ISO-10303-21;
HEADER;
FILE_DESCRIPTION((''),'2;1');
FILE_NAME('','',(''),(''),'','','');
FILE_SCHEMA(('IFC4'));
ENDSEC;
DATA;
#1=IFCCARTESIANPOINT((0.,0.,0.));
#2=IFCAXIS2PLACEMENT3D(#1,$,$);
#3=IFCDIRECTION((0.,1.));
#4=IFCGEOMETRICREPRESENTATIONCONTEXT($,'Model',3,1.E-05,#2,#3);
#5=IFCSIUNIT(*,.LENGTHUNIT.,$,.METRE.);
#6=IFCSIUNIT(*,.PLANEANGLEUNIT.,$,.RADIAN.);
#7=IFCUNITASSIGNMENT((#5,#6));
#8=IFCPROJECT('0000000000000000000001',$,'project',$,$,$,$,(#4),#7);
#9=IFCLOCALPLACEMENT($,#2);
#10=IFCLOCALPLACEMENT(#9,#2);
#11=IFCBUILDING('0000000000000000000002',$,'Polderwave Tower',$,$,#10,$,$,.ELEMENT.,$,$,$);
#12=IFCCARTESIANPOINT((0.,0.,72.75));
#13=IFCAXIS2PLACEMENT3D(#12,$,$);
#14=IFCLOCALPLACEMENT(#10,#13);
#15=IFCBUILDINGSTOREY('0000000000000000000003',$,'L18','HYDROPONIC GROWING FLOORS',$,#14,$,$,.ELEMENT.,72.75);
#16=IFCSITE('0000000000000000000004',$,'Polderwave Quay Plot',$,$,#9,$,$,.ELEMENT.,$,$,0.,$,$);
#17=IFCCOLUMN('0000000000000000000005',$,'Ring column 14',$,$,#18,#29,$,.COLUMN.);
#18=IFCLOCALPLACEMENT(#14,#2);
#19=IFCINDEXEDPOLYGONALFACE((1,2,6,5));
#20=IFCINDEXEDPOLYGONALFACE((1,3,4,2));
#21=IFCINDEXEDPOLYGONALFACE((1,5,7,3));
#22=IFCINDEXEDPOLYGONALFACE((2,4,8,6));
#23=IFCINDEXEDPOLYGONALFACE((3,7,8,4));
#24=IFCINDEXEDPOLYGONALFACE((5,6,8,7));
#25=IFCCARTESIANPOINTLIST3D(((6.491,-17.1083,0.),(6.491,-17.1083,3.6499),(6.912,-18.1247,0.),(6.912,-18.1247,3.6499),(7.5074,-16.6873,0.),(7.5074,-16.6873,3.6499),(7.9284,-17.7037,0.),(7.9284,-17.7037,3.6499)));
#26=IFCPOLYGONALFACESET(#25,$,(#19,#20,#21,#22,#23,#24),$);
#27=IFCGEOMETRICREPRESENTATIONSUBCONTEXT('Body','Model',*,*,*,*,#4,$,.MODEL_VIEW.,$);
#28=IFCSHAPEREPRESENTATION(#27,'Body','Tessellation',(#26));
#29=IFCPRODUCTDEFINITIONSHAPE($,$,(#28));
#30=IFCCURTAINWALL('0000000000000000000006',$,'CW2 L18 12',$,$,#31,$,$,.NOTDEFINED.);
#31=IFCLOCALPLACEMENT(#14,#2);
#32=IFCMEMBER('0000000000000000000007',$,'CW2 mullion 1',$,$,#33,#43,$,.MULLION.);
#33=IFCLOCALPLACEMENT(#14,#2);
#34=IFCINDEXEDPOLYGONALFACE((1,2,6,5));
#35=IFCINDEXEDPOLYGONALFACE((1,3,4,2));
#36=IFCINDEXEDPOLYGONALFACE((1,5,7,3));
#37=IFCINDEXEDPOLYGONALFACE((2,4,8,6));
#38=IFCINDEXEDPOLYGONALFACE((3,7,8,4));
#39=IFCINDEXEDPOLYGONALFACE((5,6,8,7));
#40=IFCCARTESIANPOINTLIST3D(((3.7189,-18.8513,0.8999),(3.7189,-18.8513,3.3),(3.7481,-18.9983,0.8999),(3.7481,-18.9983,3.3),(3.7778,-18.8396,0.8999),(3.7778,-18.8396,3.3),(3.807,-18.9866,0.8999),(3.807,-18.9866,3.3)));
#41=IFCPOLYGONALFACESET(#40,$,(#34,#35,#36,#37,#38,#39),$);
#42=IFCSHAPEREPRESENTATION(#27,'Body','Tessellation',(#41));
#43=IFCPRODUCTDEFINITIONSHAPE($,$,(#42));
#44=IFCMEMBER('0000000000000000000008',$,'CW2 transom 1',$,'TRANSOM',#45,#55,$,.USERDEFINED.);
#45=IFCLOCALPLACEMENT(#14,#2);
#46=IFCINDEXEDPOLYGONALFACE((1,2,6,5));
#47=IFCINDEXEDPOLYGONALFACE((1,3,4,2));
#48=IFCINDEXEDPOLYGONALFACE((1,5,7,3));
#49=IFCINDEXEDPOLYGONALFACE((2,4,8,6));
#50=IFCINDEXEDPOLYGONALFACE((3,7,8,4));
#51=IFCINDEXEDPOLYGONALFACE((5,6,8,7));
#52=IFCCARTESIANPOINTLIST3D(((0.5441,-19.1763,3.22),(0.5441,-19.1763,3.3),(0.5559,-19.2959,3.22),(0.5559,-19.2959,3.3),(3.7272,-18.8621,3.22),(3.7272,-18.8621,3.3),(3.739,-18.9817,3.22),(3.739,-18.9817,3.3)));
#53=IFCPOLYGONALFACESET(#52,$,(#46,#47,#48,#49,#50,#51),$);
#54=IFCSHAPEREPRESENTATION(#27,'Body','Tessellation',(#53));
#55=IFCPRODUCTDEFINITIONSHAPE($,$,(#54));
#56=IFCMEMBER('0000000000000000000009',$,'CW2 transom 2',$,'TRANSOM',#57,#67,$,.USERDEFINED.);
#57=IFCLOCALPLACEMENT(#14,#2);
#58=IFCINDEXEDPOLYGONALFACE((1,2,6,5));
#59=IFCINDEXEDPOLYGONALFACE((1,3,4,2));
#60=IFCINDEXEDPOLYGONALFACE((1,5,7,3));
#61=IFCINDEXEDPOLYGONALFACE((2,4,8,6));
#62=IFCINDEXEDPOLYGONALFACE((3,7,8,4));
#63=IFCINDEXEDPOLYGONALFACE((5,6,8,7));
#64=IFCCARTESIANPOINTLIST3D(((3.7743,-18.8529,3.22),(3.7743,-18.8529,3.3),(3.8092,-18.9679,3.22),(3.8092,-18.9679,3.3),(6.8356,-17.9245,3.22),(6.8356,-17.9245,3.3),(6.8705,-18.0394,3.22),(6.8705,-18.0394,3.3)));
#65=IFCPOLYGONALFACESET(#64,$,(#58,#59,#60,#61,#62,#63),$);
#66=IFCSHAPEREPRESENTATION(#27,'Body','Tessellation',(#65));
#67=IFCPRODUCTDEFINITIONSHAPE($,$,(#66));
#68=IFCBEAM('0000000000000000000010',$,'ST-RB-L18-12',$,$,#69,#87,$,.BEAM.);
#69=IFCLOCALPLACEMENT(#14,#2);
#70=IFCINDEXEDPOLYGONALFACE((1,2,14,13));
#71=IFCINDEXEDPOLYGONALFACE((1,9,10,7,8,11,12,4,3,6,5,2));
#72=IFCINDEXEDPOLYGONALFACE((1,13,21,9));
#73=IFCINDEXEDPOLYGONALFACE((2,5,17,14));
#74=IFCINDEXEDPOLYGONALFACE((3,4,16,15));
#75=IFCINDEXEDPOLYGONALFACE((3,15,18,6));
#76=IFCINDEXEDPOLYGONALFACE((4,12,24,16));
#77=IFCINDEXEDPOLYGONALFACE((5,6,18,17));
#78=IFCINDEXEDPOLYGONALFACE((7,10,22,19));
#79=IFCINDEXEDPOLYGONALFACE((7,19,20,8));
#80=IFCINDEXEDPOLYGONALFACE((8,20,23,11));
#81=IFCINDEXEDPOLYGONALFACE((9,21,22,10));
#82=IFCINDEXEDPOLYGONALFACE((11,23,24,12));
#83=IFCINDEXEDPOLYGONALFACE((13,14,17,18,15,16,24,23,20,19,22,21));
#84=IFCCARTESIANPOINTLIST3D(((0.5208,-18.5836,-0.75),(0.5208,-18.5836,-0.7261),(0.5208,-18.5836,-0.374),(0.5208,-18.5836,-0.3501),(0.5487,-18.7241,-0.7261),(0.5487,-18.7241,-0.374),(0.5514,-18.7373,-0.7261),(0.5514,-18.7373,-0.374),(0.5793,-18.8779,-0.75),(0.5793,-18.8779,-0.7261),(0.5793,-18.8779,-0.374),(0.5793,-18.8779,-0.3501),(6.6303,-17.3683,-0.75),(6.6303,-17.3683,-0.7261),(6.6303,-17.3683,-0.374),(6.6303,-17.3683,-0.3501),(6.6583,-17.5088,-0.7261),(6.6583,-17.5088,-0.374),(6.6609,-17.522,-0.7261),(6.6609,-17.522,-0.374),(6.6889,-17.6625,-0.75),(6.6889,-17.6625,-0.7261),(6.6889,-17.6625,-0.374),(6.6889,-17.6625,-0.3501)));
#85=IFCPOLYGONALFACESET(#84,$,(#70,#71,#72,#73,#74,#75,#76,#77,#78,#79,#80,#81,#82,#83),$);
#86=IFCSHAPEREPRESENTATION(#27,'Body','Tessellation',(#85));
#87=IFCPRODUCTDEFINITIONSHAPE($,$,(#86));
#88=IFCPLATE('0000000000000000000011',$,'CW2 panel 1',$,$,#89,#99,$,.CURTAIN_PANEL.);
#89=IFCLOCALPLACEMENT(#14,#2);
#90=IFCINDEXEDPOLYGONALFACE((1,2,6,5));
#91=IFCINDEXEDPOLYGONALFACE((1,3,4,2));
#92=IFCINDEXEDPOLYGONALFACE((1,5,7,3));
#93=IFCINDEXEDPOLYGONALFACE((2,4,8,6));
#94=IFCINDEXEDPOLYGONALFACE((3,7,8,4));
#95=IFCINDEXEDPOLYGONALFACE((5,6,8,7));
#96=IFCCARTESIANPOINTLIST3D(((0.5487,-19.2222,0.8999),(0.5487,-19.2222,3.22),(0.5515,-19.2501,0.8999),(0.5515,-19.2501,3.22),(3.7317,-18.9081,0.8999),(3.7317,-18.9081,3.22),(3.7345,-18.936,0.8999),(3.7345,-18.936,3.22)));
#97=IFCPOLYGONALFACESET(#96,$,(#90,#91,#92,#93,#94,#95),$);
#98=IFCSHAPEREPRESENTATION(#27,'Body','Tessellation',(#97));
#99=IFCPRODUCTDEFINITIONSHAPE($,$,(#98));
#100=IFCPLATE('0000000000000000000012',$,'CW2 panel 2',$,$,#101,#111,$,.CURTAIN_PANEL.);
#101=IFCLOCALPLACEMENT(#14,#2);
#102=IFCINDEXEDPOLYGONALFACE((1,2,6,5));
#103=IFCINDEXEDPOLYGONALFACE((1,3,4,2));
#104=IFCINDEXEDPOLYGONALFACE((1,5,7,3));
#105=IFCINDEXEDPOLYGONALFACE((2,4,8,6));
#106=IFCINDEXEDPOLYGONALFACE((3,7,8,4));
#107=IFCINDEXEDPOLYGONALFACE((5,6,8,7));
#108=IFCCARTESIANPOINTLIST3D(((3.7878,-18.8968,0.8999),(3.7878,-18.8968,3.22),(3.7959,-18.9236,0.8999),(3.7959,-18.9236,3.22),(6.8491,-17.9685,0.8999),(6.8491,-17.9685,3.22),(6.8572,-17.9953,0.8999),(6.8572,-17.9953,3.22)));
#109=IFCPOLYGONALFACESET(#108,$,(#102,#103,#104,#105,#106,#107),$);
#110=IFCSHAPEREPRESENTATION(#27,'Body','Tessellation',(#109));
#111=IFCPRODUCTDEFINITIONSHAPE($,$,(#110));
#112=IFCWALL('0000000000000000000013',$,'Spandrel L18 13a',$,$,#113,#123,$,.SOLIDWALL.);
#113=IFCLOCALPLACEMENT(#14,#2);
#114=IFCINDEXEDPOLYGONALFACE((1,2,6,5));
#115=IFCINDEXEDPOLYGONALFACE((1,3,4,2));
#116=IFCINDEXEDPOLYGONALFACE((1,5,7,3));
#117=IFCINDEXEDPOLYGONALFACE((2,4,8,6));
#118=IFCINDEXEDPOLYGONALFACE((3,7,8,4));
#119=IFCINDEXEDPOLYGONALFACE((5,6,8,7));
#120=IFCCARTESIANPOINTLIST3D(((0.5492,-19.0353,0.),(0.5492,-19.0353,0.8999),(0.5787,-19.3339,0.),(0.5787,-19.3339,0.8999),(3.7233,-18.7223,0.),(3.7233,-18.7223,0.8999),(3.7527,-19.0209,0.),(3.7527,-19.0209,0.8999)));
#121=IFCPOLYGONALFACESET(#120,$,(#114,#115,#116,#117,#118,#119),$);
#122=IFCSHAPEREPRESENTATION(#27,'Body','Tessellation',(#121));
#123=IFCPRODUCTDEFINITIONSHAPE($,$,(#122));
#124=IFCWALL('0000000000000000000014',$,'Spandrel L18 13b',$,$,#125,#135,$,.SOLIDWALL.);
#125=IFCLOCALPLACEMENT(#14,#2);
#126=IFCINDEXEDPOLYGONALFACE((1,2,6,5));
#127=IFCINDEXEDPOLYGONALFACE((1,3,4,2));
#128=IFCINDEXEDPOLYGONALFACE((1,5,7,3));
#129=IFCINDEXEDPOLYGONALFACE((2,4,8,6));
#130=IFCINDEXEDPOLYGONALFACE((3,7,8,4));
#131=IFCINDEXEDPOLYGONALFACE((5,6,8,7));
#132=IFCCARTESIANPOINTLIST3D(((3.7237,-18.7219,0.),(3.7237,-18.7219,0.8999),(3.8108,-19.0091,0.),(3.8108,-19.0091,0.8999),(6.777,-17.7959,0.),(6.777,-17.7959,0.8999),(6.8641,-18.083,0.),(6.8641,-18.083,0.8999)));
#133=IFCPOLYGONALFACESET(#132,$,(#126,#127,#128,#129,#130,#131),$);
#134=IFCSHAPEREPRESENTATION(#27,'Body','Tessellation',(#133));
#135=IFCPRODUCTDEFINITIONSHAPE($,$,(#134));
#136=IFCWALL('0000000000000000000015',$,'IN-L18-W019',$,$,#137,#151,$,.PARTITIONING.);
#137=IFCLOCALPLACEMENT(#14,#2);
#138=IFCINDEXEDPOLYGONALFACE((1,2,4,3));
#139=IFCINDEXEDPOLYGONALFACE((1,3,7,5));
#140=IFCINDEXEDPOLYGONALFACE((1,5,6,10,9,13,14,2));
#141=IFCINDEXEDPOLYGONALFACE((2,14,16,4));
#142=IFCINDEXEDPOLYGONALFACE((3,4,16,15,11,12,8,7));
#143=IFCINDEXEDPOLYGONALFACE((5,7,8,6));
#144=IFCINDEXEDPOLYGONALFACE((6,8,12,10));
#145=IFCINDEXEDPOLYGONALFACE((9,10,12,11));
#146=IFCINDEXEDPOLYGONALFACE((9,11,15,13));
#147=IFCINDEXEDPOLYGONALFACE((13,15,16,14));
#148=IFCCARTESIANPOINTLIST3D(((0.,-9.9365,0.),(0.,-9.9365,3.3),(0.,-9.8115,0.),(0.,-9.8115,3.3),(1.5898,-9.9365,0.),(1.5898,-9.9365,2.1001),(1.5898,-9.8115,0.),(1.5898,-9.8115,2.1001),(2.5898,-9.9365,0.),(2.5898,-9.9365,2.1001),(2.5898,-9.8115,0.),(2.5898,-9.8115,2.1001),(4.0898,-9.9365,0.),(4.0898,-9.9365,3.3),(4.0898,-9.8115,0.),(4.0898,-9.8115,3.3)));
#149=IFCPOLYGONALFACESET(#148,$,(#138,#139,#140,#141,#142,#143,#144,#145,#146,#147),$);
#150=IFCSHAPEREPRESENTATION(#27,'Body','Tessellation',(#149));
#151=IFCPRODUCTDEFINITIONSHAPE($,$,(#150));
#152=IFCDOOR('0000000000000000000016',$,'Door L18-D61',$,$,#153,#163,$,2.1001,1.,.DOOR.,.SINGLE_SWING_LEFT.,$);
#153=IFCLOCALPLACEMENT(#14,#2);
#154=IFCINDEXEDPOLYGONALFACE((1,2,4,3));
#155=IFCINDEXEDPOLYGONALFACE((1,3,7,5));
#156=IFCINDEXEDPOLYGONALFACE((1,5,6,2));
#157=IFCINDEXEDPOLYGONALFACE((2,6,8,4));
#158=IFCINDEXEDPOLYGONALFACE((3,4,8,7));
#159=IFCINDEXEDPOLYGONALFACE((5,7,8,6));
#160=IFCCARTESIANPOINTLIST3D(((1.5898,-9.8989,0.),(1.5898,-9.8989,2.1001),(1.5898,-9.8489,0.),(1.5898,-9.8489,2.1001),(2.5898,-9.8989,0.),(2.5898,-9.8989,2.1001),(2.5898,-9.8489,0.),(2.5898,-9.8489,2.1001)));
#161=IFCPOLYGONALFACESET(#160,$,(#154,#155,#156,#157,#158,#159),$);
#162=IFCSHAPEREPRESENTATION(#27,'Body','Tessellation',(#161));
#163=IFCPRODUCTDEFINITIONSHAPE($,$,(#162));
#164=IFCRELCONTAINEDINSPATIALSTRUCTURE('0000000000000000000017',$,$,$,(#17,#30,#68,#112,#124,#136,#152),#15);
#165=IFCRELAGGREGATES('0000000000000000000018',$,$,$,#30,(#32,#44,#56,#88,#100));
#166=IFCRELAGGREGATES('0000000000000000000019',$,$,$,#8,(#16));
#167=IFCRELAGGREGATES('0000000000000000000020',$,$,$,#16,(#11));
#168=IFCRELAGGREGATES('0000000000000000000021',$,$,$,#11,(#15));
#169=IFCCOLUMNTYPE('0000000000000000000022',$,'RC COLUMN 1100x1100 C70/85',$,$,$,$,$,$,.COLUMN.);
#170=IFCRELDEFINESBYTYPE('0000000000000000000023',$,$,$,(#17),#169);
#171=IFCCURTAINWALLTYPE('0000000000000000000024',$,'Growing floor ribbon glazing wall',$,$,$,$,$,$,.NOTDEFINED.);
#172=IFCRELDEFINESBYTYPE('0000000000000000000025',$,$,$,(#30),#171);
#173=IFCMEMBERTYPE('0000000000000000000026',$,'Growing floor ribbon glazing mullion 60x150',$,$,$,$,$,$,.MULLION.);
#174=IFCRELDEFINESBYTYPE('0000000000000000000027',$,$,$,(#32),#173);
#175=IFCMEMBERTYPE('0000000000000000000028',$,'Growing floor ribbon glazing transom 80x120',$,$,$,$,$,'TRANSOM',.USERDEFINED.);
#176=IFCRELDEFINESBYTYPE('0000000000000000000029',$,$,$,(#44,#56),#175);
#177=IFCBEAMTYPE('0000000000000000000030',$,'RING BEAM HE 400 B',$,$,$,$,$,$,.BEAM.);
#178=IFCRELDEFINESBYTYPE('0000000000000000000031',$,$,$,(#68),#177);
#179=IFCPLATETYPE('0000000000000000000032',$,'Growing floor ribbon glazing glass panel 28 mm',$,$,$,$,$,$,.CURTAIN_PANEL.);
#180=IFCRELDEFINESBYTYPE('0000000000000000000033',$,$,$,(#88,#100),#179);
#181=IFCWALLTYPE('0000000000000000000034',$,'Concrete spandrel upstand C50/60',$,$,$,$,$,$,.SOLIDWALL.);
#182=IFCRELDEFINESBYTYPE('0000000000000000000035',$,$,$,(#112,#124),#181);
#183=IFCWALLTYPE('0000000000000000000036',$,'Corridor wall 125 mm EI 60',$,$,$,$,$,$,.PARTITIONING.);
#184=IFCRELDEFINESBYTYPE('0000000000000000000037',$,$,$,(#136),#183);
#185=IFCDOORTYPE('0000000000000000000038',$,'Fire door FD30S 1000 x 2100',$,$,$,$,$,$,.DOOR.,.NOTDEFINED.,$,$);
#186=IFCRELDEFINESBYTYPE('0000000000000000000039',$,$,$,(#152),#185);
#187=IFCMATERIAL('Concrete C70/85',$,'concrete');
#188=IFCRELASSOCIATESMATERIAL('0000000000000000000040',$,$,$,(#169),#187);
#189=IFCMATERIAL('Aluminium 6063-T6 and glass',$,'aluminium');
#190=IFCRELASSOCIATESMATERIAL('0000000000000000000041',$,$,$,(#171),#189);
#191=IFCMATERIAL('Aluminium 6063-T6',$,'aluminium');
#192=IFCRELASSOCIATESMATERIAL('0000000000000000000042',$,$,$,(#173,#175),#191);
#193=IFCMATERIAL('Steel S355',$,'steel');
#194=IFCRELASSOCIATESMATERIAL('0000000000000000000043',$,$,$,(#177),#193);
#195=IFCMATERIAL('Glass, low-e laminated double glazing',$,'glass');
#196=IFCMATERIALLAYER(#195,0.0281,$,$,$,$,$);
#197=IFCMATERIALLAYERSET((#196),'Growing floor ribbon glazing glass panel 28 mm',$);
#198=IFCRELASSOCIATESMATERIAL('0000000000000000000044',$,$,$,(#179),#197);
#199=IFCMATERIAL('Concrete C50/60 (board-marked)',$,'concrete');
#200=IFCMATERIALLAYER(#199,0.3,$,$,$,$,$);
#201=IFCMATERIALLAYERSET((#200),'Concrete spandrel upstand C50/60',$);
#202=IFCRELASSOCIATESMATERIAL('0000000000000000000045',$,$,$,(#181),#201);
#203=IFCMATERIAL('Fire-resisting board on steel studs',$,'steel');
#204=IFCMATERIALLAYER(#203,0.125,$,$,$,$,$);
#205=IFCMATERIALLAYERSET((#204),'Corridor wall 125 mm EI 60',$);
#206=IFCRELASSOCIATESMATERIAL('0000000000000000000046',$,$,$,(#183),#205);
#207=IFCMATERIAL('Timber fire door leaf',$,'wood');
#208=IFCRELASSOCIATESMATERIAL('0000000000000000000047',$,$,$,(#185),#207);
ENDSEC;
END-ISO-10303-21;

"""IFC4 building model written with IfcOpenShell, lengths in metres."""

from ifc_helpers import new_model, si_unit, direction, frame, frame_2d, origin, origin_2d, place, context, subcontext, project, spatial, rectangle, i_section, extrude, material, layer, layer_set, material_profile, profile_set, type_object, element, fill, aggregate, save


model = new_model("IFC4")

# Units and contexts
model_context = context("Model", 3, precision=1e-05, world=origin(), true_north=direction((0.0, 1.0)))
body_context = subcontext(model_context, "Body", "Model", "MODEL_VIEW")
ifc_project = project(units=[si_unit("LENGTHUNIT", "METRE"), si_unit("PLANEANGLEUNIT", "RADIAN")], contexts=[model_context])

# Site, building, storey
site_placement = place(None, origin())
site = spatial("IfcSite", under=ifc_project, at=site_placement, Name="Polderwave Quay Plot", CompositionType="ELEMENT", RefElevation=0.0)
building_placement = place(site_placement, origin())
building = spatial("IfcBuilding", under=site, at=building_placement, Name="Polderwave Tower", CompositionType="ELEMENT")
storey_placement = place(building_placement, frame((0.0, 0.0, 72.75)))
storey = spatial("IfcBuildingStorey", under=building, at=storey_placement, Name="L18", Description="HYDROPONIC GROWING FLOORS", CompositionType="ELEMENT", Elevation=72.75)

# Column
ifc_material_1 = material(Name="Concrete C70/85", Category="concrete")
ifc_material_profile_1 = material_profile(ifc_material_1, rectangle(XDim=1.1001, YDim=1.1001, at=origin_2d()), Name="RC 1100x1100")
ifc_profile_set_1 = profile_set([ifc_material_profile_1], Name="Concrete C70/85")
column_type = type_object("IfcColumnType", Name="RC COLUMN 1100x1100 C70/85", PredefinedType="COLUMN", material=ifc_profile_set_1)
column_placement = place(storey_placement, frame((7.2097, -17.406, 0.0), z_axis=(0.0, 0.0, 1.0), x_axis=(0.382683, -0.92388, 0.0)))
element("IfcColumn", 1, at=column_placement, inside=storey, type_object=column_type, Name="Ring column 14", PredefinedType="COLUMN", context=body_context, shape_type="SweptSolid", body=[
    extrude(rectangle(XDim=1.1001, YDim=1.1001, at=origin_2d()), origin(), (0.0, 0.0, 1.0), 3.6499),
])

# Curtain wall, members
ifc_material_2 = material(Name="Aluminium 6063-T6 and glass", Category="aluminium")
curtain_wall_type = type_object("IfcCurtainWallType", Name="Growing floor ribbon glazing wall", PredefinedType="NOTDEFINED", material=ifc_material_2)
curtain_wall_placement = place(storey_placement, origin())
curtain_wall = element("IfcCurtainWall", 2, at=curtain_wall_placement, inside=storey, type_object=curtain_wall_type, Name="CW2 L18 12", PredefinedType="NOTDEFINED")
ifc_material_3 = material(Name="Aluminium 6063-T6", Category="aluminium")
ifc_material_profile_2 = material_profile(ifc_material_3, rectangle(XDim=0.1499, YDim=0.0601, at=origin_2d()), Name="AL 60x150")
ifc_profile_set_2 = profile_set([ifc_material_profile_2], Name="Aluminium 6063-T6")
member_type_1 = type_object("IfcMemberType", Name="Growing floor ribbon glazing mullion 60x150", PredefinedType="MULLION", material=ifc_profile_set_2)
member_1_placement = place(storey_placement, frame((3.7629, -18.9189, 0.8999), z_axis=(0.0, 0.0, 1.0), x_axis=(-0.195123, 0.980779, 0.0)))
member_1 = element("IfcMember", 3, at=member_1_placement, type_object=member_type_1, Name="CW2 mullion 1", PredefinedType="MULLION", context=body_context, shape_type="SweptSolid", body=[
    extrude(rectangle(XDim=0.1499, YDim=0.0601, at=origin_2d()), origin(), (0.0, 0.0, 1.0), 2.4001),
])
ifc_material_profile_3 = material_profile(ifc_material_3, rectangle(XDim=0.1201, YDim=0.0801, at=origin_2d()), Name="AL 80x120")
ifc_profile_set_3 = profile_set([ifc_material_profile_3], Name="Aluminium 6063-T6")
member_type_2 = type_object("IfcMemberType", Name="Growing floor ribbon glazing transom 80x120", ElementType="TRANSOM", PredefinedType="USERDEFINED", material=ifc_profile_set_3)
member_2_placement = place(storey_placement, frame((0.55, -19.2361, 3.26), z_axis=(0.995163, 0.098234, 0.0), x_axis=(-0.098234, 0.995163, 0.0)))
member_2 = element("IfcMember", 4, at=member_2_placement, type_object=member_type_2, Name="CW2 transom 1", ObjectType="TRANSOM", PredefinedType="USERDEFINED", context=body_context, shape_type="SweptSolid", body=[
    extrude(rectangle(XDim=0.1201, YDim=0.0801, at=origin_2d()), origin(), (0.0, 0.0, 1.0), 3.1985),
])
member_3_placement = place(storey_placement, frame((3.7917, -18.9104, 3.26), z_axis=(0.956954, 0.290238, 0.0), x_axis=(-0.290238, 0.956954, 0.0)))
member_3 = element("IfcMember", 5, at=member_3_placement, type_object=member_type_2, Name="CW2 transom 2", ObjectType="TRANSOM", PredefinedType="USERDEFINED", context=body_context, shape_type="SweptSolid", body=[
    extrude(rectangle(XDim=0.1201, YDim=0.0801, at=origin_2d()), origin(), (0.0, 0.0, 1.0), 3.199),
])

# Beam
ifc_material_4 = material(Name="Steel S355", Category="steel")
ifc_material_profile_4 = material_profile(ifc_material_4, i_section(OverallWidth=0.3, OverallDepth=0.3999, WebThickness=0.0134, FlangeThickness=0.0239, at=origin_2d()), Name="HE 400 B")
ifc_profile_set_4 = profile_set([ifc_material_profile_4], Name="Steel S355")
beam_type = type_object("IfcBeamType", Name="RING BEAM HE 400 B", PredefinedType="BEAM", material=ifc_profile_set_4)
beam_placement = place(storey_placement, frame((0.55, -18.7307, -0.55), z_axis=(0.980784, 0.195099, 0.0), x_axis=(-0.195099, 0.980784, 0.0)))
element("IfcBeam", 6, at=beam_placement, inside=storey, type_object=beam_type, Name="ST-RB-L18-12", PredefinedType="BEAM", context=body_context, shape_type="SweptSolid", body=[
    extrude(i_section(OverallWidth=0.3, OverallDepth=0.3999, WebThickness=0.0134, FlangeThickness=0.0239, at=origin_2d()), origin(), (0.0, 0.0, 1.0), 6.2292),
])

# Plates
ifc_material_5 = material(Name="Glass, low-e laminated double glazing", Category="glass")
ifc_layer_1 = layer(ifc_material_5, 0.0281)
ifc_layer_set_1 = layer_set([ifc_layer_1], Name="Growing floor ribbon glazing glass panel 28 mm")
plate_type = type_object("IfcPlateType", Name="Growing floor ribbon glazing glass panel 28 mm", PredefinedType="CURTAIN_PANEL", material=ifc_layer_set_1)
plate_1_placement = place(storey_placement, frame((2.1416, -19.0791, 0.8999), z_axis=(0.0, 0.0, 1.0), x_axis=(0.995168, 0.098186, 0.0)))
plate_1 = element("IfcPlate", 7, at=plate_1_placement, type_object=plate_type, Name="CW2 panel 1", PredefinedType="CURTAIN_PANEL", context=body_context, shape_type="SweptSolid", body=[
    extrude(rectangle(XDim=3.1985, YDim=0.0281, at=origin_2d()), origin(), (0.0, 0.0, 1.0), 2.3201),
])
plate_2_placement = place(storey_placement, frame((5.3225, -18.446, 0.8999), z_axis=(0.0, 0.0, 1.0), x_axis=(0.95697, 0.290188, 0.0)))
plate_2 = element("IfcPlate", 8, at=plate_2_placement, type_object=plate_type, Name="CW2 panel 2", PredefinedType="CURTAIN_PANEL", context=body_context, shape_type="SweptSolid", body=[
    extrude(rectangle(XDim=3.199, YDim=0.0281, at=origin_2d()), origin(), (0.0, 0.0, 1.0), 2.3201),
])
aggregate(curtain_wall, [member_1, member_2, member_3, plate_1, plate_2])

# Walls
ifc_material_6 = material(Name="Concrete C50/60 (board-marked)", Category="concrete")
ifc_layer_2 = layer(ifc_material_6, 0.3)
ifc_layer_set_2 = layer_set([ifc_layer_2], Name="Concrete spandrel upstand C50/60")
wall_type_1 = type_object("IfcWallType", Name="Concrete spandrel upstand C50/60", PredefinedType="SOLIDWALL", material=ifc_layer_set_2)
wall_1_placement = place(storey_placement, frame((0.564, -19.1846, 0.0), z_axis=(0.0, 0.0, 1.0), x_axis=(0.995173, 0.098132, 0.0)))
element("IfcWall", 9, at=wall_1_placement, inside=storey, type_object=wall_type_1, Name="Spandrel L18 13a", PredefinedType="SOLIDWALL", context=body_context, shape_type="SweptSolid", body=[
    extrude(rectangle(XDim=3.1895, YDim=0.3, at=frame_2d((1.5947, 0.0))), origin(), (0.0, 0.0, 1.0), 0.8999),
])
wall_2_placement = place(storey_placement, frame((3.7673, -18.8655, 0.0), z_axis=(0.0, 0.0, 1.0), x_axis=(0.956954, 0.290239, 0.0)))
element("IfcWall", 10, at=wall_2_placement, inside=storey, type_object=wall_type_1, Name="Spandrel L18 13b", PredefinedType="SOLIDWALL", context=body_context, shape_type="SweptSolid", body=[
    extrude(rectangle(XDim=3.1907, YDim=0.3, at=frame_2d((1.5952, 0.0))), origin(), (0.0, 0.0, 1.0), 0.8999),
])

# Wall, opening, door
ifc_material_7 = material(Name="Fire-resisting board on steel studs", Category="steel")
ifc_layer_3 = layer(ifc_material_7, 0.125)
ifc_layer_set_3 = layer_set([ifc_layer_3], Name="Corridor wall 125 mm EI 60")
wall_type_2 = type_object("IfcWallType", Name="Corridor wall 125 mm EI 60", PredefinedType="PARTITIONING", material=ifc_layer_set_3)
wall_3_placement = place(storey_placement, frame((4.0898, -9.874, 0.0), z_axis=(0.0, 0.0, 1.0), x_axis=(-1.0, 0.0, 0.0)))
wall_3 = element("IfcWall", 11, at=wall_3_placement, inside=storey, type_object=wall_type_2, Name="IN-L18-W019", PredefinedType="PARTITIONING", context=body_context, shape_type="SweptSolid", body=[
    extrude(rectangle(XDim=4.0898, YDim=0.125, at=frame_2d((2.0449, 0.0))), origin(), (0.0, 0.0, 1.0), 3.3),
])
opening_1_placement = place(wall_3_placement, frame((1.5, 0.0, 0.0)))
opening_1 = element("IfcOpeningElement", 12, at=opening_1_placement, cuts=wall_3, PredefinedType="OPENING", context=body_context, shape_type="SweptSolid", body=[
    extrude(rectangle(XDim=1.0, YDim=2.1001, at=frame_2d((0.5, 1.05))), frame((0.0, 0.0725, 0.0), z_axis=(0.0, -1.0, 0.0), x_axis=(1.0, 0.0, 0.0)), (0.0, 0.0, 1.0), 0.145),
])
ifc_material_8 = material(Name="Timber fire door leaf", Category="wood")
door_type_1 = type_object("IfcDoorType", Name="Fire door FD30S 1000 x 2100", OperationType="NOTDEFINED", PredefinedType="DOOR", material=ifc_material_8)
door_1_placement = place(opening_1_placement, origin())
door_1 = element("IfcDoor", 13, at=door_1_placement, inside=storey, type_object=door_type_1, Name="Door L18-D61", OperationType="SINGLE_SWING_LEFT", OverallHeight=2.1001, OverallWidth=1.0, PredefinedType="DOOR", context=body_context, shape_type="SweptSolid", body=[
    extrude(rectangle(XDim=1.0, YDim=2.1001, at=frame_2d((0.5, 1.05))), frame((0.0, 0.0249, 0.0), z_axis=(0.0, -1.0, 0.0), x_axis=(1.0, 0.0, 0.0)), (0.0, 0.0, 1.0), 0.05),
])
fill(opening_1, door_1)

save(model, "model.ifc")
